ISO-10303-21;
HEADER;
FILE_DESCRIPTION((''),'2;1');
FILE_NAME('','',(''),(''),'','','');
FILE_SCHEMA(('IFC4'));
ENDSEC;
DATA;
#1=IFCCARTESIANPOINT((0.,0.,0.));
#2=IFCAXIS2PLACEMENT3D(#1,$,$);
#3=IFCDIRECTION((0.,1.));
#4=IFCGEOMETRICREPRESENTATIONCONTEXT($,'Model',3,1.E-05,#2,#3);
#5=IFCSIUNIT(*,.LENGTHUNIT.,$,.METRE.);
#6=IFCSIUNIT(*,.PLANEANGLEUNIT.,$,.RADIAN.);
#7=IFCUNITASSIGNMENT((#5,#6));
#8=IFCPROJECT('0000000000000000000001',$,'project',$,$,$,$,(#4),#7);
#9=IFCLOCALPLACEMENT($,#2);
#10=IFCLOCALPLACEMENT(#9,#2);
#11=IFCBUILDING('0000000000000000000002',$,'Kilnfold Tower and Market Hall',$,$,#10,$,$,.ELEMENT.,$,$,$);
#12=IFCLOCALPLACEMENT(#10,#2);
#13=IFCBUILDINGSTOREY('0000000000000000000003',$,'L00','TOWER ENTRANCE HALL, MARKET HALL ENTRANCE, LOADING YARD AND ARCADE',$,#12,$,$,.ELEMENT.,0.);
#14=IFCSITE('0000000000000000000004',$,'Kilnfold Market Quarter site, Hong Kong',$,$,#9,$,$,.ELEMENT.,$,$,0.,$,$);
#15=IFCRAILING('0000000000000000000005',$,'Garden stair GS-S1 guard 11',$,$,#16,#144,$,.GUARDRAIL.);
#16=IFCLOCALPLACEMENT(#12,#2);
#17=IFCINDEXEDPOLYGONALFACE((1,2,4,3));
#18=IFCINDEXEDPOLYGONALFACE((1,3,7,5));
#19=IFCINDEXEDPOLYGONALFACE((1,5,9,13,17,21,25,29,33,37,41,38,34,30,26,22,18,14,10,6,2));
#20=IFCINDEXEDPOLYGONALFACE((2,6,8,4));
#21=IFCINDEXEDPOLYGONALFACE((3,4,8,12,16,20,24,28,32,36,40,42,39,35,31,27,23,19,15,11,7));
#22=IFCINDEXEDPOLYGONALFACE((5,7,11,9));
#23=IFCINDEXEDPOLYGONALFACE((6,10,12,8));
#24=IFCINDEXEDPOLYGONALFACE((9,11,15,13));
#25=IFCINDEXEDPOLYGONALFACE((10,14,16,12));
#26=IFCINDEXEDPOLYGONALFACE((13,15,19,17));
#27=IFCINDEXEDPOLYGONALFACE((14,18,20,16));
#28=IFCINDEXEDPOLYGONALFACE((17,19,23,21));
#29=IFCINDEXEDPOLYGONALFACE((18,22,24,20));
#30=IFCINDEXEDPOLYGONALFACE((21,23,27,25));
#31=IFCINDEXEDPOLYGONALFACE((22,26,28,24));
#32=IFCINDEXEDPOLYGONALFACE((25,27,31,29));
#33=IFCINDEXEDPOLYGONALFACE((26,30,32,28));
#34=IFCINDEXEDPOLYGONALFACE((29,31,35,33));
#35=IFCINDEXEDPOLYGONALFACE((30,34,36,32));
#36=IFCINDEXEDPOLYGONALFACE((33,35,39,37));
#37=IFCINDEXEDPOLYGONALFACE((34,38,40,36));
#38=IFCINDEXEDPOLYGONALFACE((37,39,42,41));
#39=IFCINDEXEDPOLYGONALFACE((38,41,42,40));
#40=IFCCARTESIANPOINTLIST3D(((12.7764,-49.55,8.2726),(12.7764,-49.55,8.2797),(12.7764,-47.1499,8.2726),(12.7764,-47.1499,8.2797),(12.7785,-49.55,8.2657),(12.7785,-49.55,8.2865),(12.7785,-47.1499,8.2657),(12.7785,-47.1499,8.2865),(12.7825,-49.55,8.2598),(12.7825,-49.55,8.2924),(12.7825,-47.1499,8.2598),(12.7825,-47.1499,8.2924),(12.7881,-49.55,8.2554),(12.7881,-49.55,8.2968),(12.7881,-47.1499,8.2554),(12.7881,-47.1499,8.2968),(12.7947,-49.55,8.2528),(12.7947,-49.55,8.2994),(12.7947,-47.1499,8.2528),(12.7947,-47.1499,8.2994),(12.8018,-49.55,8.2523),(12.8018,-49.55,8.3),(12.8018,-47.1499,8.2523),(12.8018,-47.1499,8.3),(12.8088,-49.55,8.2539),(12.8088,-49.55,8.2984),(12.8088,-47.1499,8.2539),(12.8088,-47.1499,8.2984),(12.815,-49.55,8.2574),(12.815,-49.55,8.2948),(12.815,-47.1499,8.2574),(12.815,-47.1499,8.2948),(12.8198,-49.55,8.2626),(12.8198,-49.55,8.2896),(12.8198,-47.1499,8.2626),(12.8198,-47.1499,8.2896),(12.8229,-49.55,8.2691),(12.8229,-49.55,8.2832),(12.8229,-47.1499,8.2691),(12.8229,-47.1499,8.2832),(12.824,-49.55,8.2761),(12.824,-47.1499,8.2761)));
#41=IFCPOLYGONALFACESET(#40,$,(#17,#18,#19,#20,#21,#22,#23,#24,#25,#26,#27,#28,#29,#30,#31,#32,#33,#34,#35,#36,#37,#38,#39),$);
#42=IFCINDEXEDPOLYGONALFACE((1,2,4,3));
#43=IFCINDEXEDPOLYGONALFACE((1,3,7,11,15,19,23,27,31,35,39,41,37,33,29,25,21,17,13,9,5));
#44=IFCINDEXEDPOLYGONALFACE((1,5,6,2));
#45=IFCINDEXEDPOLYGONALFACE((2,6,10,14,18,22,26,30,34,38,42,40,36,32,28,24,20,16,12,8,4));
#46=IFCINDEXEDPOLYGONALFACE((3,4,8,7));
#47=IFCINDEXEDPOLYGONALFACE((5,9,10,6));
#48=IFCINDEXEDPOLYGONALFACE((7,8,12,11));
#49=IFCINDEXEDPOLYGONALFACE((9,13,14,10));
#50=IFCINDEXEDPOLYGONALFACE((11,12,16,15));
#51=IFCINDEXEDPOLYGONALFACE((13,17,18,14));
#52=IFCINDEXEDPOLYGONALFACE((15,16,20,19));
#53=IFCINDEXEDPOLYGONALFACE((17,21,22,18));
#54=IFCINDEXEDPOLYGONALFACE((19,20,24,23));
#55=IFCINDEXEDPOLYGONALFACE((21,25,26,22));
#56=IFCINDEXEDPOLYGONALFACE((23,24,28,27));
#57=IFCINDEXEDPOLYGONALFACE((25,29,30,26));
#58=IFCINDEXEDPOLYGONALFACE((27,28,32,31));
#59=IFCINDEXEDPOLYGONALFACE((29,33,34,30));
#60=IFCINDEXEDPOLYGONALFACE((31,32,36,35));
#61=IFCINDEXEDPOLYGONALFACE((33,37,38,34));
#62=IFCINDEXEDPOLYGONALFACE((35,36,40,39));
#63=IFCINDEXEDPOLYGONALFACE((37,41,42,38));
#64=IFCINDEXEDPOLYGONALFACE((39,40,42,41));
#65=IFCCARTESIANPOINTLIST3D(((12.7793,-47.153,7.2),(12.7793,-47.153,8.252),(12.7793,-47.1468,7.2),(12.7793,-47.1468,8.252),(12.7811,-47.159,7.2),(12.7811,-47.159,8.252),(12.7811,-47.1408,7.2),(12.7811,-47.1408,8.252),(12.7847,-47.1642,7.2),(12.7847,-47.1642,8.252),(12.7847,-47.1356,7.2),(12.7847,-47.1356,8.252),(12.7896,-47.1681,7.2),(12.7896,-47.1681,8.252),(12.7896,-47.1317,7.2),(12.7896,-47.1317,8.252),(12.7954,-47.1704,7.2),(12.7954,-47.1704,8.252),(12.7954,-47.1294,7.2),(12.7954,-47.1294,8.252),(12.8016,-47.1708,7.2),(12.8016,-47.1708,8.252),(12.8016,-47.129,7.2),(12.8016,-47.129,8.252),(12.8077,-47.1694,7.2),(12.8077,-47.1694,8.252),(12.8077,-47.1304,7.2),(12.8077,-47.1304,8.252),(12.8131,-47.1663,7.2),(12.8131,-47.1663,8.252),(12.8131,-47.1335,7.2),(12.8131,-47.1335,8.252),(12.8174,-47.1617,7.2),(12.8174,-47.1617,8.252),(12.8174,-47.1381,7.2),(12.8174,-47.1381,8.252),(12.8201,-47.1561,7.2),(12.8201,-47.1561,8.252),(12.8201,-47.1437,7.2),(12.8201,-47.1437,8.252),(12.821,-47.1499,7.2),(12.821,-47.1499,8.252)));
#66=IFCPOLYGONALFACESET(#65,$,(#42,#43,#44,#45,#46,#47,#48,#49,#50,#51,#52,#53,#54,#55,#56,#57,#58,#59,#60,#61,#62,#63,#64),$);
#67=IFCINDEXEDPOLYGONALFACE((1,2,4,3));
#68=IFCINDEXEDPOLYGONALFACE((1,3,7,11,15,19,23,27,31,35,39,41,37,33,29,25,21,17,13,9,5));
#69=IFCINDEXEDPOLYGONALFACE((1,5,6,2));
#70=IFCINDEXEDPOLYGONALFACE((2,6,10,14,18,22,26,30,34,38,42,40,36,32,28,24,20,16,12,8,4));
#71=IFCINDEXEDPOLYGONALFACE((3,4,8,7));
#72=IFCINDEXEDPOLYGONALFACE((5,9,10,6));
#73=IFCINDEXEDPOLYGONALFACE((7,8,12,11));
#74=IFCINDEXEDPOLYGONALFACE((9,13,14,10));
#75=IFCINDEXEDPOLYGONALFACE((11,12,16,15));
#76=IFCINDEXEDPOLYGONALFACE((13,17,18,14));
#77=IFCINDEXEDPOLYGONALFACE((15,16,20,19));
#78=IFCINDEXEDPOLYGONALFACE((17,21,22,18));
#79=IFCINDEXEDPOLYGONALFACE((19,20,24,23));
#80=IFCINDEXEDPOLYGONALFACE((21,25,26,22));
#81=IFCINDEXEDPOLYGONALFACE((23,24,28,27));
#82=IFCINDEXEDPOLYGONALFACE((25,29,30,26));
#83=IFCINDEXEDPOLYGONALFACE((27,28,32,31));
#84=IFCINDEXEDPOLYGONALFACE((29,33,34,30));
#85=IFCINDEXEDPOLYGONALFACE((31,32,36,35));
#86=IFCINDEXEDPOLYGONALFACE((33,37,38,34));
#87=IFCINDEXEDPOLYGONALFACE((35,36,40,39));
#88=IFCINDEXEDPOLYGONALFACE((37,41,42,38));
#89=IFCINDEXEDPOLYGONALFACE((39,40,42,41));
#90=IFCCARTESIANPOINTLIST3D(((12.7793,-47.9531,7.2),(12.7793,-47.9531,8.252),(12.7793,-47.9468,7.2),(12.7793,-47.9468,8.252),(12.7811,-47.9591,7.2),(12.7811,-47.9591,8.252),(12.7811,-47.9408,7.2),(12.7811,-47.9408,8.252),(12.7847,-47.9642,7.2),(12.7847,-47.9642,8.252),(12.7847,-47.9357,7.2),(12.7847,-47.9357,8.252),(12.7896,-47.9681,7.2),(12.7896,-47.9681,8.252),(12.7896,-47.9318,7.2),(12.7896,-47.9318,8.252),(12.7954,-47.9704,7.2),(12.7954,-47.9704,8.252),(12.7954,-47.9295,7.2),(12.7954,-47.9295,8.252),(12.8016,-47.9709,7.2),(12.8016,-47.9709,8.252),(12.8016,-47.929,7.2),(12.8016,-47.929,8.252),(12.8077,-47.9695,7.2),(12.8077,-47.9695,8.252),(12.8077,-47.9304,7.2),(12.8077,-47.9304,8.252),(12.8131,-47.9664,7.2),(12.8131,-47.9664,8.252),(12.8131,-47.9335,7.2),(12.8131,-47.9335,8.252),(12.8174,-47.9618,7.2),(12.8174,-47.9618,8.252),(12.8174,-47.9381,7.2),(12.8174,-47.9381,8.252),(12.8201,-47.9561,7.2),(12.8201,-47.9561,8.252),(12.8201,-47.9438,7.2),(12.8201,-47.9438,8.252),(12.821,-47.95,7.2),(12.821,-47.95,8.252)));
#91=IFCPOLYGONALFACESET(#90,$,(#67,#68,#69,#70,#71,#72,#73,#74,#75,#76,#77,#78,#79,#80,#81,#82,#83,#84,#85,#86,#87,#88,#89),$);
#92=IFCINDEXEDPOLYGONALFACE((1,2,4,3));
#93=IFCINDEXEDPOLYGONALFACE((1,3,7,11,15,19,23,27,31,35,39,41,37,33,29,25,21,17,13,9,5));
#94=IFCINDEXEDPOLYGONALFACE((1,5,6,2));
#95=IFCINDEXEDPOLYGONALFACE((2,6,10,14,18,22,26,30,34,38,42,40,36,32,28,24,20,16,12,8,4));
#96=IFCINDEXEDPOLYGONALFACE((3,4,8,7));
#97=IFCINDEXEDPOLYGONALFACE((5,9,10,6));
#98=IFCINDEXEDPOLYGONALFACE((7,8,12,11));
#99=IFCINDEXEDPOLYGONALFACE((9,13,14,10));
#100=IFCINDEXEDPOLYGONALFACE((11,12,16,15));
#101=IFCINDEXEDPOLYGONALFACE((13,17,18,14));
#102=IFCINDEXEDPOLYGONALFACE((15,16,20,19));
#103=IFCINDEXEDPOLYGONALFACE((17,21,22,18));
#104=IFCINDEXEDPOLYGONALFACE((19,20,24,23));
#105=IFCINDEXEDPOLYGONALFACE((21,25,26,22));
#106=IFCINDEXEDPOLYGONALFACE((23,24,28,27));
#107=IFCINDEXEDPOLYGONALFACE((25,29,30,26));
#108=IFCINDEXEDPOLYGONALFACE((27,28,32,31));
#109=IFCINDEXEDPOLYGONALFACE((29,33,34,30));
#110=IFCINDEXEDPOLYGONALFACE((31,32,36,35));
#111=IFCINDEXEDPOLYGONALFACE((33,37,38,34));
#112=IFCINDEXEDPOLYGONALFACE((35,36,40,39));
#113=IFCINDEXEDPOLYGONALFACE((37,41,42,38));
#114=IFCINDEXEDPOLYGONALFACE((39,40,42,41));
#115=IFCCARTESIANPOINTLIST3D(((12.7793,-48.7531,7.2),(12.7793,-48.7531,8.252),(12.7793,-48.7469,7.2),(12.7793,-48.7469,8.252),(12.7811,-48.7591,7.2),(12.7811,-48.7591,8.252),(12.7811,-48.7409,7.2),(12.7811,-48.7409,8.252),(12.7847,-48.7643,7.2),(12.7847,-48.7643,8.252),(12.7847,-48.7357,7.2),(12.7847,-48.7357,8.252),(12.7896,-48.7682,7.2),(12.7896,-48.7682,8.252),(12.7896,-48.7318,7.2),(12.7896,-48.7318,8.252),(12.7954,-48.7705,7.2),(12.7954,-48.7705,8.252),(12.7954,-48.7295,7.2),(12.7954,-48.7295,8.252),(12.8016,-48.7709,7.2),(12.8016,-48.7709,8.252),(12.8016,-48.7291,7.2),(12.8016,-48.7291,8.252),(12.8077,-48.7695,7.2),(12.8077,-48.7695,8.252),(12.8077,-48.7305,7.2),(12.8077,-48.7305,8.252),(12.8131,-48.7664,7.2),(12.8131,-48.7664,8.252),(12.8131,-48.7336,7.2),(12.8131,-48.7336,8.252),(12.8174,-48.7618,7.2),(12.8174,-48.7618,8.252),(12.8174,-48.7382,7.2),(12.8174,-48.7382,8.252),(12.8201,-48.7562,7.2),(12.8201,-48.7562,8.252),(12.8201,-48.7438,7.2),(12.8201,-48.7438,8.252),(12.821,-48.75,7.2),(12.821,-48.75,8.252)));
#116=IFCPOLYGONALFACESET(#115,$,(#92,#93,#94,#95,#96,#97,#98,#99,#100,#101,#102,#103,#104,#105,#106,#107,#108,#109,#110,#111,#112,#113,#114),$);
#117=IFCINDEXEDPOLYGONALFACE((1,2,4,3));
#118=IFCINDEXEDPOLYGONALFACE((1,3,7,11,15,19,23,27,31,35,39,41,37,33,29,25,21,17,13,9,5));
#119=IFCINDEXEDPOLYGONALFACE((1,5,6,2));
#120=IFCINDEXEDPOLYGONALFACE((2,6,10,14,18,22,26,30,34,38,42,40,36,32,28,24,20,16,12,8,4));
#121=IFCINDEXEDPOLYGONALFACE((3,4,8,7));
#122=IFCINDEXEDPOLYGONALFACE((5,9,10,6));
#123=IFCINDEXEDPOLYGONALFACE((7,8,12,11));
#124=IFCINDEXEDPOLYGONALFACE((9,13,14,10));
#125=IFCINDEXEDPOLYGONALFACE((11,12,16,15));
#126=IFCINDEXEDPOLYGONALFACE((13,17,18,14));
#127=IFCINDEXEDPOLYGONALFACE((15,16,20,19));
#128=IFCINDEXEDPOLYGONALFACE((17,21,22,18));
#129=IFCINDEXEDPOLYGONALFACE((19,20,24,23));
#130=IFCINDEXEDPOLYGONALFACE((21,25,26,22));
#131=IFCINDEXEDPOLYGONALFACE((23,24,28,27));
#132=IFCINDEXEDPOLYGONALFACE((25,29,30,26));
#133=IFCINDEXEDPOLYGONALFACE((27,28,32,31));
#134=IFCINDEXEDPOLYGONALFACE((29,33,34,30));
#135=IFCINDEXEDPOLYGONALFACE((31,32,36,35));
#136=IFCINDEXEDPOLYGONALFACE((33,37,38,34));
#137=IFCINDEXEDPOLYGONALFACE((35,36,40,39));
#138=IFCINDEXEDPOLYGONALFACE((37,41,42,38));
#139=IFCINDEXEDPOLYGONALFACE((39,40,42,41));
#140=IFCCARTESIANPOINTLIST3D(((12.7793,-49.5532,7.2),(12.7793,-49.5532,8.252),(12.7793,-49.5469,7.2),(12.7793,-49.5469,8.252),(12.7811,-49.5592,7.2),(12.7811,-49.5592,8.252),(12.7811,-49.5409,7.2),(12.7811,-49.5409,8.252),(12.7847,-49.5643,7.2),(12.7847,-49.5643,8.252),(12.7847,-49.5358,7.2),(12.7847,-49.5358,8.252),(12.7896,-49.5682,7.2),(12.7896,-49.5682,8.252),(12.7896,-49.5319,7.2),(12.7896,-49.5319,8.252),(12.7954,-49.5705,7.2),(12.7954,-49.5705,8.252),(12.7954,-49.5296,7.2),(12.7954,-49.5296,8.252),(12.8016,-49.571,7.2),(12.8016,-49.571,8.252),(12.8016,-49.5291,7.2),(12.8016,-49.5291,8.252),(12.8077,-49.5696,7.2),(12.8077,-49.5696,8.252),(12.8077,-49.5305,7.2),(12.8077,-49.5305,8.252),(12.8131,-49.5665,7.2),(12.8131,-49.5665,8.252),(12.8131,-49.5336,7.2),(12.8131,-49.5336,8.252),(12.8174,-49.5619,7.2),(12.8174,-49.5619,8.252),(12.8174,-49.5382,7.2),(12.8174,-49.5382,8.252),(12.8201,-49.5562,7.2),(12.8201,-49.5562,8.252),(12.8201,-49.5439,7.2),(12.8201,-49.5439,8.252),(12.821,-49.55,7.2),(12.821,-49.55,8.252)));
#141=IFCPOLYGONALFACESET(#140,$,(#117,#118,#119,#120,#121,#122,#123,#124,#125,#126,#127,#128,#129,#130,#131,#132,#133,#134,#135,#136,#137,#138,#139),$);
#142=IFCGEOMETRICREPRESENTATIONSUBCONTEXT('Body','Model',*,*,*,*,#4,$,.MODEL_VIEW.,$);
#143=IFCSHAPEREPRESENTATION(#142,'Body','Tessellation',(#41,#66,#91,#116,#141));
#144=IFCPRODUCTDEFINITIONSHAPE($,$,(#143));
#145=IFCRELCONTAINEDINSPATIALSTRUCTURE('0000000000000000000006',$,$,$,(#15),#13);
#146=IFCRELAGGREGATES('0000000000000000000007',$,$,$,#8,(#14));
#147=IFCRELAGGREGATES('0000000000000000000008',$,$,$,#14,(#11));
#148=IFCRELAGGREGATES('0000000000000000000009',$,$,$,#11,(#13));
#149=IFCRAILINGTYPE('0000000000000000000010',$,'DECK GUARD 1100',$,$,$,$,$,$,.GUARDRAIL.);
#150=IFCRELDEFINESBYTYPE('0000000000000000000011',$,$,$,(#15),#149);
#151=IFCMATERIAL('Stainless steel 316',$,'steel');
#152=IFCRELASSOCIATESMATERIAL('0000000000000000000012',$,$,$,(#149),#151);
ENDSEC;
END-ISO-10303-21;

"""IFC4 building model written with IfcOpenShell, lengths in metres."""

from ifc_helpers import new_model, si_unit, direction, frame, origin, origin_2d, place, context, subcontext, project, spatial, circle, extrude, material, type_object, element, save


model = new_model("IFC4")

# Units and contexts
model_context = context("Model", 3, precision=1e-05, world=origin(), true_north=direction((0.0, 1.0)))
body_context = subcontext(model_context, "Body", "Model", "MODEL_VIEW")
ifc_project = project(units=[si_unit("LENGTHUNIT", "METRE"), si_unit("PLANEANGLEUNIT", "RADIAN")], contexts=[model_context])

# Site, building, storey
site_placement = place(None, origin())
site = spatial("IfcSite", under=ifc_project, at=site_placement, Name="Kilnfold Market Quarter site, Hong Kong", CompositionType="ELEMENT", RefElevation=0.0)
building_placement = place(site_placement, origin())
building = spatial("IfcBuilding", under=site, at=building_placement, Name="Kilnfold Tower and Market Hall", CompositionType="ELEMENT")
storey_placement = place(building_placement, origin())
storey = spatial("IfcBuildingStorey", under=building, at=storey_placement, Name="L00", Description="TOWER ENTRANCE HALL, MARKET HALL ENTRANCE, LOADING YARD AND ARCADE", CompositionType="ELEMENT", Elevation=0.0)

# Railing
ifc_material_1 = material(Name="Stainless steel 316", Category="steel")
railing_type_1 = type_object("IfcRailingType", Name="DECK GUARD 1100", PredefinedType="GUARDRAIL", material=ifc_material_1)
railing_1_placement = place(storey_placement, frame((12.8, -47.1499, 7.2)))
element("IfcRailing", 1, at=railing_1_placement, inside=storey, type_object=railing_type_1, Name="Garden stair GS-S1 guard 11", PredefinedType="GUARDRAIL", context=body_context, shape_type="SweptSolid", body=[
    extrude(circle(Radius=0.0239, at=origin_2d()), frame((0.0, 0.0, 1.0762), z_axis=(0.0, -1.0, 0.0), x_axis=(1.0, 0.0, 0.0)), (0.0, 0.0, 1.0), 2.4001),
    extrude(circle(Radius=0.021, at=origin_2d()), origin(), (0.0, 0.0, 1.0), 1.052),
    extrude(circle(Radius=0.021, at=origin_2d()), frame((0.0, -0.8, 0.0)), (0.0, 0.0, 1.0), 1.052),
    extrude(circle(Radius=0.021, at=origin_2d()), frame((0.0, -1.6001, 0.0)), (0.0, 0.0, 1.0), 1.052),
    extrude(circle(Radius=0.021, at=origin_2d()), frame((0.0, -2.4001, 0.0)), (0.0, 0.0, 1.0), 1.052),
])

save(model, "model.ifc")
